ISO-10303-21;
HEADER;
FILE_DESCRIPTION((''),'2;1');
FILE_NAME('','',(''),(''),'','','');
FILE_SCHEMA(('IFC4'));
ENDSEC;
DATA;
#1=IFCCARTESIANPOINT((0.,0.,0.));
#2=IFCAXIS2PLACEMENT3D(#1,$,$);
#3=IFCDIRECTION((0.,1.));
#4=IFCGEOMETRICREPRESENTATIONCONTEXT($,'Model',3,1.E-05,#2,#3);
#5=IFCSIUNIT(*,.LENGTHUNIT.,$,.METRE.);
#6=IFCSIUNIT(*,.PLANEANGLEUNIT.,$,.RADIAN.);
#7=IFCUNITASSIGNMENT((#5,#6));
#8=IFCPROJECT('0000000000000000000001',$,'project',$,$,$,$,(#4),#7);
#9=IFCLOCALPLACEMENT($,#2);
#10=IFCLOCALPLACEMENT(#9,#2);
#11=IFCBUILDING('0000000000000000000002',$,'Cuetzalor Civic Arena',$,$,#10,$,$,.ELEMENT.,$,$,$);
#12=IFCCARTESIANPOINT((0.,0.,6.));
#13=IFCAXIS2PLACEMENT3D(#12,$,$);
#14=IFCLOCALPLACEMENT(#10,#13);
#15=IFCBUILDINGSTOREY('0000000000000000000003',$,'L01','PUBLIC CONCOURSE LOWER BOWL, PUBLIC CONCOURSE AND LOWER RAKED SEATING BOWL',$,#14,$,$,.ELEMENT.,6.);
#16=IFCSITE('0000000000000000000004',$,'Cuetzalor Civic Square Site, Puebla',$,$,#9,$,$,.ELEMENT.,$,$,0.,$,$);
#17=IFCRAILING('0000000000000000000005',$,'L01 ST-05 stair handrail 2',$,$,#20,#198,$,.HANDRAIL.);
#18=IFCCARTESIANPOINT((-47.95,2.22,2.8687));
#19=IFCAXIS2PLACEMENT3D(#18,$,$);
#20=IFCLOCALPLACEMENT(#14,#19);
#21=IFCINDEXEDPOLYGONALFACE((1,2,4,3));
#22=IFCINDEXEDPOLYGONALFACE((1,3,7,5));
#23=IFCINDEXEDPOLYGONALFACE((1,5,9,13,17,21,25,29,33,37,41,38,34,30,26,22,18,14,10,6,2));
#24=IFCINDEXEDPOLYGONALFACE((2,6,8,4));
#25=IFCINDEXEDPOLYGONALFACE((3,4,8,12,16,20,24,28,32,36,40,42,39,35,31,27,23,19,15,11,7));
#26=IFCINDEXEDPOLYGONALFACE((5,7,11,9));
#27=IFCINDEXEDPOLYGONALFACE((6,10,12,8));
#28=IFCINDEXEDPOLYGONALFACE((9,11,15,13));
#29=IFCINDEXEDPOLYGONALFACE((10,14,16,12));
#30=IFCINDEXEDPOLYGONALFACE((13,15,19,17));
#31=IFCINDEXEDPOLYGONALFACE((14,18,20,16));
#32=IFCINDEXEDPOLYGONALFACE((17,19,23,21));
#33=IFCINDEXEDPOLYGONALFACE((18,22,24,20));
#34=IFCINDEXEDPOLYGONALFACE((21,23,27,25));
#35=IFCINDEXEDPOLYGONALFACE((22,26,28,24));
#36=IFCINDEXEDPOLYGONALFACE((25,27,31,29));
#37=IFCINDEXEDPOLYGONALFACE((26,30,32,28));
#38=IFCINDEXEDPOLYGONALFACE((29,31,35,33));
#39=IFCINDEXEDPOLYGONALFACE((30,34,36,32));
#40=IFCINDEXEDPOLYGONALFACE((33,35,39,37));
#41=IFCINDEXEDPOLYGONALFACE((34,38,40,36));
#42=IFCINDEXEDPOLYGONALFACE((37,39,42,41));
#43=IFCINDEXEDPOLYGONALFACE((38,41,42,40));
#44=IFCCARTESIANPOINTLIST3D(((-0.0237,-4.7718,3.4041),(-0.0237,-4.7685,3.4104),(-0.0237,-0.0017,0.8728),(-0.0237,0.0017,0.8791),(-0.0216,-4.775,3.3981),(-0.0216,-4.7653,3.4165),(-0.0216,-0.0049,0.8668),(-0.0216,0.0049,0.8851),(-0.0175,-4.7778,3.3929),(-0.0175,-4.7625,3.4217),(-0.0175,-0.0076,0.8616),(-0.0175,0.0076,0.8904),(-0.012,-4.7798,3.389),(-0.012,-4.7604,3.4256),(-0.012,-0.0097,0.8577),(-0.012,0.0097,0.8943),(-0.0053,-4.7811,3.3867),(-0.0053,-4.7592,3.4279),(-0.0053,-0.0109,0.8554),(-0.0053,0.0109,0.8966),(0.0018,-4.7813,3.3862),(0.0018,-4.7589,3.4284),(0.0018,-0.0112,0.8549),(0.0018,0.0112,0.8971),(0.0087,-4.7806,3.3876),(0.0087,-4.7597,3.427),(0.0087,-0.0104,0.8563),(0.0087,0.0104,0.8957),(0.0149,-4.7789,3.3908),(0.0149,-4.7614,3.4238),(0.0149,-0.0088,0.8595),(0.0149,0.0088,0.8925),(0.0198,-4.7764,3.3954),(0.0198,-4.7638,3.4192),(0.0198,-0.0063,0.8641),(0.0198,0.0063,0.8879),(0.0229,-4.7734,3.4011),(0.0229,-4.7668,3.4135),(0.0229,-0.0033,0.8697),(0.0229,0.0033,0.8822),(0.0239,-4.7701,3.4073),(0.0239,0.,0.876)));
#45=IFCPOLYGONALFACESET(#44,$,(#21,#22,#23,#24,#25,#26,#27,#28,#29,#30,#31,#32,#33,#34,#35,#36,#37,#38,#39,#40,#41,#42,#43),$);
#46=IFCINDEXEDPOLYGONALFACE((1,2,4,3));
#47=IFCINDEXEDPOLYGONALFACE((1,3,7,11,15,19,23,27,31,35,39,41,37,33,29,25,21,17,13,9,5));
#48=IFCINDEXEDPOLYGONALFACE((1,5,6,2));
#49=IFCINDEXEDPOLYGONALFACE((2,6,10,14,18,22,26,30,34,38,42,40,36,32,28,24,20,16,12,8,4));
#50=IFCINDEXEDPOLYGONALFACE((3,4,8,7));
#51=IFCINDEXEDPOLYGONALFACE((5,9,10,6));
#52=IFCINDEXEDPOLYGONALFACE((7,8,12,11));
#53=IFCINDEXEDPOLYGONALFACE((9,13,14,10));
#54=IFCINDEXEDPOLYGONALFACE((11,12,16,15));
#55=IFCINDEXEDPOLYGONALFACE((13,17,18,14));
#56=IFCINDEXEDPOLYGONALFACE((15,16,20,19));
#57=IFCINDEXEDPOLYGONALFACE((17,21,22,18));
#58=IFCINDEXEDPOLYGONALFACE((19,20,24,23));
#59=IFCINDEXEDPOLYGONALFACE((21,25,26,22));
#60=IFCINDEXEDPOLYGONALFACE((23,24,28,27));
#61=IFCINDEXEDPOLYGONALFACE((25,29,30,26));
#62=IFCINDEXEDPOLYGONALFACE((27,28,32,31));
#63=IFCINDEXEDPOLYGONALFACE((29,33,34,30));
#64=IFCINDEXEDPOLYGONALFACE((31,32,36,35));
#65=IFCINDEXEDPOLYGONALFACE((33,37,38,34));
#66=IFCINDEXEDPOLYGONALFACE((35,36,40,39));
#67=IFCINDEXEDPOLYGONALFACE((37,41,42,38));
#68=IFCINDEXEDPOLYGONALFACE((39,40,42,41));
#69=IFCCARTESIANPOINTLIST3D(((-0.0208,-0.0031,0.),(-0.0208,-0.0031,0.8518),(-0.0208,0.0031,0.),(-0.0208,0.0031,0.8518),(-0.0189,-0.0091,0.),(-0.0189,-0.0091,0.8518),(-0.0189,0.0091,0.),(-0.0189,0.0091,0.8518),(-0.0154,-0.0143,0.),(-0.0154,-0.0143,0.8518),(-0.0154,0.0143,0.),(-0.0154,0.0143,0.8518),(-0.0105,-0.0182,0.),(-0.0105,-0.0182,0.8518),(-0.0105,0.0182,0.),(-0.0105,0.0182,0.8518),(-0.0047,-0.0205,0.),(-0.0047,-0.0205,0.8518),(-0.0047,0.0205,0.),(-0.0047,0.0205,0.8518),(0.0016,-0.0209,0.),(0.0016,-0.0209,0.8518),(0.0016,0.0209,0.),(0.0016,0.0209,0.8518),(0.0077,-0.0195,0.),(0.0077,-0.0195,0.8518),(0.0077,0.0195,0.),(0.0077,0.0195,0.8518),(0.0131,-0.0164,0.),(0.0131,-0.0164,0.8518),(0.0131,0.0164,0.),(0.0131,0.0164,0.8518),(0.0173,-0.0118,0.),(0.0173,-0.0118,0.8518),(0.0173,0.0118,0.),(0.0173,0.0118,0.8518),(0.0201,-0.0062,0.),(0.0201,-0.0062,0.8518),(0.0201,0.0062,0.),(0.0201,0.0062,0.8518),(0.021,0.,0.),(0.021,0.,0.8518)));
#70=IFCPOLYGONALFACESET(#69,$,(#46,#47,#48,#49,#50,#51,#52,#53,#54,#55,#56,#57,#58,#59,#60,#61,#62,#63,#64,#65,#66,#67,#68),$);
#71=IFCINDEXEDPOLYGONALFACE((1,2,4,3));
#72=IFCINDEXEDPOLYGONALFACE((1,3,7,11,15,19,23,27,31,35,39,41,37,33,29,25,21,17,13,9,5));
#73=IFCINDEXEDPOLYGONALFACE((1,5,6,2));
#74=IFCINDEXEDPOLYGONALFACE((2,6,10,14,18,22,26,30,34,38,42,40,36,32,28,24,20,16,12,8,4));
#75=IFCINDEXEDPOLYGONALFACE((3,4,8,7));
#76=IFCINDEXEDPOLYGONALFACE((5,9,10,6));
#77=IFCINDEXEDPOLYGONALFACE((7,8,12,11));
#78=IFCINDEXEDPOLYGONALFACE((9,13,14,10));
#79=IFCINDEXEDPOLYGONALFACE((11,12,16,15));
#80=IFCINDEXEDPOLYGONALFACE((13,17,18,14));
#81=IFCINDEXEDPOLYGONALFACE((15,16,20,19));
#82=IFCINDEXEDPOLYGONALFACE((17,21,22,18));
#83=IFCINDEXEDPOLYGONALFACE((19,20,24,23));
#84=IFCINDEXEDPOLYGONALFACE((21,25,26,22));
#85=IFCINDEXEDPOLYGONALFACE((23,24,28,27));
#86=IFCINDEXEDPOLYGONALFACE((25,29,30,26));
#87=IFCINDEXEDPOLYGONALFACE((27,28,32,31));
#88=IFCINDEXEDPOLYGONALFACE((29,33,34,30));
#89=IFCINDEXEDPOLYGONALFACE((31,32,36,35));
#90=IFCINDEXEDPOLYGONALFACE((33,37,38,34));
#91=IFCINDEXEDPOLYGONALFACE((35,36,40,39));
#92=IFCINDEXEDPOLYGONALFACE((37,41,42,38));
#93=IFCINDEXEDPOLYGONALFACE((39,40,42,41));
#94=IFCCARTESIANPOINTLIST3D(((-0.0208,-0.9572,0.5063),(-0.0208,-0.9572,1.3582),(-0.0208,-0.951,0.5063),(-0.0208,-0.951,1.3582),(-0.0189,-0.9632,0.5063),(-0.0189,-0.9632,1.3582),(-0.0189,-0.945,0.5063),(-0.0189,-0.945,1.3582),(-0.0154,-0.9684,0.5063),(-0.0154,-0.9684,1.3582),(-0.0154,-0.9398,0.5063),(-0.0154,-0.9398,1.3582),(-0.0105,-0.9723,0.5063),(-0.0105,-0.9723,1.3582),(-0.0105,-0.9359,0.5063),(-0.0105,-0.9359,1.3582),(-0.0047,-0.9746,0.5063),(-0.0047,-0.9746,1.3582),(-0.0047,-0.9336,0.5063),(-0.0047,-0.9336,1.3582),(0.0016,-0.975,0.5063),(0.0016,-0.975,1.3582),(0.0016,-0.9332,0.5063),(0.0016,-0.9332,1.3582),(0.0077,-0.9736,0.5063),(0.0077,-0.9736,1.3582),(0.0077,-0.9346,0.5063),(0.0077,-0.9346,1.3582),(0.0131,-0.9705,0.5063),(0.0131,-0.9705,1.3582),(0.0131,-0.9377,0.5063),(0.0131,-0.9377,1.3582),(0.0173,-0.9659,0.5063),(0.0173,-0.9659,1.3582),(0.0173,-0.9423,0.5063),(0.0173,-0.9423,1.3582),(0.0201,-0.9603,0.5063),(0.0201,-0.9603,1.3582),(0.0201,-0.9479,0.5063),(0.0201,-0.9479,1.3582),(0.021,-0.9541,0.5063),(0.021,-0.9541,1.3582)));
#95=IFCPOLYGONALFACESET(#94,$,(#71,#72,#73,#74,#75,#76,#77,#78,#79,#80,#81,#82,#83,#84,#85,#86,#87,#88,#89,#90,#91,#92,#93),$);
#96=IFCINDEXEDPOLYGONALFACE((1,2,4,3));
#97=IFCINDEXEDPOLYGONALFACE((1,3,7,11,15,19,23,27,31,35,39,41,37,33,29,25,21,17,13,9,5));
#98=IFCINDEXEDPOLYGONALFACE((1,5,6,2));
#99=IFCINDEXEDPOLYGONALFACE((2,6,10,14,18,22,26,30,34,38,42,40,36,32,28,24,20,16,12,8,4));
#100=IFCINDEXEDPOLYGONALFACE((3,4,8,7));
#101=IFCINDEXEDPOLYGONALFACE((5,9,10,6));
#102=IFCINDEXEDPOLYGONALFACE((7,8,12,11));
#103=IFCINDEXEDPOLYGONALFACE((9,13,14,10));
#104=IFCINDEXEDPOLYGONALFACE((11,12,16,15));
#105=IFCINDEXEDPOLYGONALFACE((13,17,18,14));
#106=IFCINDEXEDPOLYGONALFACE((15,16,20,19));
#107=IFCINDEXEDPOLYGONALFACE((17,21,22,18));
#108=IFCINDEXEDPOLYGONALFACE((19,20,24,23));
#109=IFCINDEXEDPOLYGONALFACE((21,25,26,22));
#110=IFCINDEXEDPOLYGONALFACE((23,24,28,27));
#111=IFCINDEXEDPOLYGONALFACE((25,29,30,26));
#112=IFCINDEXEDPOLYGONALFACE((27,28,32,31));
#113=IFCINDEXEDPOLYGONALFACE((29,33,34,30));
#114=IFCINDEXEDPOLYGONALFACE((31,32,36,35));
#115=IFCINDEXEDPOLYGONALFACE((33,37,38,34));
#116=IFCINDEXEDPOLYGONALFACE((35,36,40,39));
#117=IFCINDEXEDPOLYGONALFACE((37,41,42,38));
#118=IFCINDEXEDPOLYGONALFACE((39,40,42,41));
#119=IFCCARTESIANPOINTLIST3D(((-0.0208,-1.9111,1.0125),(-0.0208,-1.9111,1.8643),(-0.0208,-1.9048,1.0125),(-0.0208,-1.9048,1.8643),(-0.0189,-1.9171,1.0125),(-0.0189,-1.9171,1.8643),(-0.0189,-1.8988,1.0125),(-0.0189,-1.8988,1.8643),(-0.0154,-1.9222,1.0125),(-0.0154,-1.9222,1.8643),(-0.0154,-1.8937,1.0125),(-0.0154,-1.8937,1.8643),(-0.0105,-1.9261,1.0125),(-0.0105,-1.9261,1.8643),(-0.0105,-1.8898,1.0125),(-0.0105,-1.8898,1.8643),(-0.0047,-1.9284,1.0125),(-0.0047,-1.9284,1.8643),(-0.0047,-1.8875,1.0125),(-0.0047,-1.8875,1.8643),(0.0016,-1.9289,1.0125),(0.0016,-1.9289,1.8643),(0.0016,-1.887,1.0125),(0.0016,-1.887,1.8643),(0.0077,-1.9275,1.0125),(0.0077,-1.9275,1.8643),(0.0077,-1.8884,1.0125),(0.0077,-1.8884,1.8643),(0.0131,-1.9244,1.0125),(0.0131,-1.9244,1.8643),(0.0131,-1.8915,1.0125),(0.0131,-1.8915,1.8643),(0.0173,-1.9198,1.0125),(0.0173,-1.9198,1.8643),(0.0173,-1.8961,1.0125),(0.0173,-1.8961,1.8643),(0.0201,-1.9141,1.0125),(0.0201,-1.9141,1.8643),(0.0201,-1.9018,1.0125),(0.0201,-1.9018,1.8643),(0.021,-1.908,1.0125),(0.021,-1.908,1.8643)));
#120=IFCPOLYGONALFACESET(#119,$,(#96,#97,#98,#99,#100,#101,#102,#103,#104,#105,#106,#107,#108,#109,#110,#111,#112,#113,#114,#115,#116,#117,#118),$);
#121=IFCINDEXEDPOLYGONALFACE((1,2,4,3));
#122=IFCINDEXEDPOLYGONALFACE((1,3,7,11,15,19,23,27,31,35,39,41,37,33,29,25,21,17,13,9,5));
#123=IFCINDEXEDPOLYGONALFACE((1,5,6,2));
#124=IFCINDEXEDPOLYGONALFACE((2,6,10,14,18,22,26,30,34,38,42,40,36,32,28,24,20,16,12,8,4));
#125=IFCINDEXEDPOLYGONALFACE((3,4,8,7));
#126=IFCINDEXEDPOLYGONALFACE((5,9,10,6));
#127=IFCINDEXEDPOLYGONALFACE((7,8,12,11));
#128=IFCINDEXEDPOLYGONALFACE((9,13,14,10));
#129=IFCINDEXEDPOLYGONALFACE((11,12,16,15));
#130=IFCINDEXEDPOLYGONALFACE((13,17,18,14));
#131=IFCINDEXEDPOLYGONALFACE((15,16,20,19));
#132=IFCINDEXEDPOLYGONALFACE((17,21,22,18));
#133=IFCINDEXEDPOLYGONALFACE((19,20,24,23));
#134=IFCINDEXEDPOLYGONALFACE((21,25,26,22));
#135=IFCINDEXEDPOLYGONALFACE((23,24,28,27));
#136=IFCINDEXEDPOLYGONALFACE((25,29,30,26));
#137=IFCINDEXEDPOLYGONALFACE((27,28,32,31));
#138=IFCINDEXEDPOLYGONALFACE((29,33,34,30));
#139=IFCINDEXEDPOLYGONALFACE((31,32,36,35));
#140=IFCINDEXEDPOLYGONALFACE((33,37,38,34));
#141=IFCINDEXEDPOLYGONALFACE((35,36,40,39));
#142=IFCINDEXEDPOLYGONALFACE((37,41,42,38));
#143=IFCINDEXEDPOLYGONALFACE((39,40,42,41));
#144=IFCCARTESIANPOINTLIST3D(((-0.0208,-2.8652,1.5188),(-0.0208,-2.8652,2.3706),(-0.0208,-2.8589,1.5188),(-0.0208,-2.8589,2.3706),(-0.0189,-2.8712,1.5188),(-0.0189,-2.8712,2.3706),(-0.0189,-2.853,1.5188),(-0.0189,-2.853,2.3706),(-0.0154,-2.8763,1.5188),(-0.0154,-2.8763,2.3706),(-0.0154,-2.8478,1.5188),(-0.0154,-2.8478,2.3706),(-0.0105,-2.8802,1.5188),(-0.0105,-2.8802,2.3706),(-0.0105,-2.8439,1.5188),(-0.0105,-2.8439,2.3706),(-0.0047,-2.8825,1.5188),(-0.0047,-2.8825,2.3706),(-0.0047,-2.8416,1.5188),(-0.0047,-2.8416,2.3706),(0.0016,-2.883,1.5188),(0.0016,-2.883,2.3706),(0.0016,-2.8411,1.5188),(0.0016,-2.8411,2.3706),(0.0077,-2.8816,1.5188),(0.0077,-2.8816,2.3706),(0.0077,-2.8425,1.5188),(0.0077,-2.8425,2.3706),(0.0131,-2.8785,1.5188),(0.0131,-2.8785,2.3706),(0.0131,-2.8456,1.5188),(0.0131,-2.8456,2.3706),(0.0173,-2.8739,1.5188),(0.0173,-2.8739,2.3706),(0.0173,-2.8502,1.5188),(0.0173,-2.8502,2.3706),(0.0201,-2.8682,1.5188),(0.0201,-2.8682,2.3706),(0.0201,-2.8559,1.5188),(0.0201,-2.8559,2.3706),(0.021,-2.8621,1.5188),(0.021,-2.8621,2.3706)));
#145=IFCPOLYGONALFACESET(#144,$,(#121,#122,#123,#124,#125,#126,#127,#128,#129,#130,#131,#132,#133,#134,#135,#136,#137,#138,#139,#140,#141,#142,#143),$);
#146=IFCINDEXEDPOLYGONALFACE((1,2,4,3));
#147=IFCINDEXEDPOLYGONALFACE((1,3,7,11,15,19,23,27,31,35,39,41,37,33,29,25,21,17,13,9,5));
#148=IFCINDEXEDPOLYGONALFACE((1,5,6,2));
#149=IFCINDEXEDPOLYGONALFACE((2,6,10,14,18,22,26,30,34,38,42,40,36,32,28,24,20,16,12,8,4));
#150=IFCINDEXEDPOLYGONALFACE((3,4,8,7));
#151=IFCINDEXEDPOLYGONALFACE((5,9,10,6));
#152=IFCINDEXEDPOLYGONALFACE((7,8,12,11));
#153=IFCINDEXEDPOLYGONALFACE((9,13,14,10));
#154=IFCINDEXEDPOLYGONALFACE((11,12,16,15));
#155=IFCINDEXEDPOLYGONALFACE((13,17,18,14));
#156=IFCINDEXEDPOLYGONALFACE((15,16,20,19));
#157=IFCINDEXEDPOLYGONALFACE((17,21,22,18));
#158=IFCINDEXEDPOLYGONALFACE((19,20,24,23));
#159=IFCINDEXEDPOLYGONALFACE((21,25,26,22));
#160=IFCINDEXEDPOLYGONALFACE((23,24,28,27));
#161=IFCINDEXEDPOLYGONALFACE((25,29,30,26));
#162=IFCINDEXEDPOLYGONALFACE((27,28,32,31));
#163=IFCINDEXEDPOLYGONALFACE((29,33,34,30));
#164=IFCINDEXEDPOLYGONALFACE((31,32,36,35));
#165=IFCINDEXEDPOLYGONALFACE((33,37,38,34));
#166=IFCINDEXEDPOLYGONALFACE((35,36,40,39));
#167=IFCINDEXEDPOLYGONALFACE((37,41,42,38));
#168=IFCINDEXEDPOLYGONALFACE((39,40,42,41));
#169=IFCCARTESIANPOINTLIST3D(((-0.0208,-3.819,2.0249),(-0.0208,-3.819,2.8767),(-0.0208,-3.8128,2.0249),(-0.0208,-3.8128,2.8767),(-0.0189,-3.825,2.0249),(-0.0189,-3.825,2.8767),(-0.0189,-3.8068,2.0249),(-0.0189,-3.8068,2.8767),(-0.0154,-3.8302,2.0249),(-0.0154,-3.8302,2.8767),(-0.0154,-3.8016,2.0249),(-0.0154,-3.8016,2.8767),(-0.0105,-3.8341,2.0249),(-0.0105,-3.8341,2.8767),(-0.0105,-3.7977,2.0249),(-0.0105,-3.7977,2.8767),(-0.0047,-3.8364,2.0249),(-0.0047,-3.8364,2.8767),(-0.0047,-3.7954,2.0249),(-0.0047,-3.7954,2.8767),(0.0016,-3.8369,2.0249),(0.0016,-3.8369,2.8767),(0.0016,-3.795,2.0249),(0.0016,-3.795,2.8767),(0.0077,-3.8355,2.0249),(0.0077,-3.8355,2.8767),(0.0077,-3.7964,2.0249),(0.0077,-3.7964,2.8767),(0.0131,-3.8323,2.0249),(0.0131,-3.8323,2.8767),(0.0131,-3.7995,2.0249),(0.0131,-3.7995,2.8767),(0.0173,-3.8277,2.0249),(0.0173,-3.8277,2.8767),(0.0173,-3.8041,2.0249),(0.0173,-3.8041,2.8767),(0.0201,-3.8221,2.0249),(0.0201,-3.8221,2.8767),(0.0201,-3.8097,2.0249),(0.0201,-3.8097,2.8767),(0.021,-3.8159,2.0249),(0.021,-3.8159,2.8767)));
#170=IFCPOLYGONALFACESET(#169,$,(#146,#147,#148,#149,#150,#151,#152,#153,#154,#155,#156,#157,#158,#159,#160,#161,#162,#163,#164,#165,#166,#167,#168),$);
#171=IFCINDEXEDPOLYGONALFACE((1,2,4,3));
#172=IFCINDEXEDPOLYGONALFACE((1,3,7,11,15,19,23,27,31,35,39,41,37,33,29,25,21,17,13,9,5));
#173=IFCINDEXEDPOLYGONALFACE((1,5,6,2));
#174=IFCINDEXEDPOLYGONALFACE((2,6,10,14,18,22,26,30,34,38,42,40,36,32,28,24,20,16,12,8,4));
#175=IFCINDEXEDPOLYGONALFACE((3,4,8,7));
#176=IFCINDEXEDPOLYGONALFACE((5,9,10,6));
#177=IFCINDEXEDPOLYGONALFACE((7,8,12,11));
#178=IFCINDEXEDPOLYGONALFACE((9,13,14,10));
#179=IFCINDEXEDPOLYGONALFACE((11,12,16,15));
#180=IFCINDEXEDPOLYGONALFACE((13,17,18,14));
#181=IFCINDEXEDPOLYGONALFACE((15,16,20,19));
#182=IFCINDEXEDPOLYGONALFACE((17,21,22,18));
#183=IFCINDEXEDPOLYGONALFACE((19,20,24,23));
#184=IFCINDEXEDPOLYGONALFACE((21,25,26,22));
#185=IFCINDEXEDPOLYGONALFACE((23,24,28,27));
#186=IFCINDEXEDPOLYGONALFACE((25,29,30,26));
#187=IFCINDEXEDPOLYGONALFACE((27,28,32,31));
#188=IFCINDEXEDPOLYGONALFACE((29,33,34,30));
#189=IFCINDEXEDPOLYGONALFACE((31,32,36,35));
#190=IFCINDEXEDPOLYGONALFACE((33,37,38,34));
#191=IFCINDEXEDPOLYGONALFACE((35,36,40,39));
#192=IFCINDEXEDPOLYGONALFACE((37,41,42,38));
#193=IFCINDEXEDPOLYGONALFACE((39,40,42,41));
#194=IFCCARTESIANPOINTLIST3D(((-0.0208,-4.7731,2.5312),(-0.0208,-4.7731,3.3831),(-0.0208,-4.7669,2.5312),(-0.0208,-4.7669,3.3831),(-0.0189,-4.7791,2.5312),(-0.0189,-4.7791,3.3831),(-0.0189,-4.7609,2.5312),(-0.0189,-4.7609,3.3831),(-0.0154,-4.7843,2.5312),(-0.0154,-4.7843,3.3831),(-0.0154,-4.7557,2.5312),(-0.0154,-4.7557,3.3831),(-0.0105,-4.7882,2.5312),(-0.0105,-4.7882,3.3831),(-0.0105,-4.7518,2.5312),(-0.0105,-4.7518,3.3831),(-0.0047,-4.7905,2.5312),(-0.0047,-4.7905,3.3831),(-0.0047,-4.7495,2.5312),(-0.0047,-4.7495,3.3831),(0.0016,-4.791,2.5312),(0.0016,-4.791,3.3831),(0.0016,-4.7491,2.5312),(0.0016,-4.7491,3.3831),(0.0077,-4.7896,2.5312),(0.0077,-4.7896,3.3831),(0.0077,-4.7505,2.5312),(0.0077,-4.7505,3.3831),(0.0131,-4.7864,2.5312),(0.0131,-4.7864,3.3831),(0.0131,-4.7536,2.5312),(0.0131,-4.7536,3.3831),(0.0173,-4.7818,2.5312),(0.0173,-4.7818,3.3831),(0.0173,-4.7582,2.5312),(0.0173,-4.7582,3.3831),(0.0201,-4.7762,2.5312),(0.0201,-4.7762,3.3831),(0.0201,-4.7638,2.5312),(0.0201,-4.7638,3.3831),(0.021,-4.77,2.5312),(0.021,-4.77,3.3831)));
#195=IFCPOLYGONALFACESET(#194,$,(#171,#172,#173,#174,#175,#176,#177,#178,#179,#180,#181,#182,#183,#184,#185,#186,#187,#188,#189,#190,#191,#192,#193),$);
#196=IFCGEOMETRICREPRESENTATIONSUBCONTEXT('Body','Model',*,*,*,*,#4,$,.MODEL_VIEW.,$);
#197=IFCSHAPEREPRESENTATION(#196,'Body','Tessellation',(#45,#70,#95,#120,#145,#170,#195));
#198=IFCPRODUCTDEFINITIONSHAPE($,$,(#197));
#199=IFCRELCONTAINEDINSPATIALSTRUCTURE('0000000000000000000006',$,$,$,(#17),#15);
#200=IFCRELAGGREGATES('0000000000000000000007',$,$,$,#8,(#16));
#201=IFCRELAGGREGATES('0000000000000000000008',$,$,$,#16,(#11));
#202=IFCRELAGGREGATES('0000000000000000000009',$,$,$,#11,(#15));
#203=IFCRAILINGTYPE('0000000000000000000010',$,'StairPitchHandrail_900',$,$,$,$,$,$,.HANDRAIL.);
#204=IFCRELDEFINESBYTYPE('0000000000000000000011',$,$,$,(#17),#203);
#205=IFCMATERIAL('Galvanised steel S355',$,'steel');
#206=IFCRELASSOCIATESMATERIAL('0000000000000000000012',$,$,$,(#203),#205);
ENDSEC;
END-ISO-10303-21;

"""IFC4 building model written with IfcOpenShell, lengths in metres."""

from ifc_helpers import new_model, si_unit, direction, frame, origin, origin_2d, place, context, subcontext, project, spatial, circle, extrude, material, type_object, element, save


model = new_model("IFC4")

# Units and contexts
model_context = context("Model", 3, precision=1e-05, world=origin(), true_north=direction((0.0, 1.0)))
body_context = subcontext(model_context, "Body", "Model", "MODEL_VIEW")
ifc_project = project(units=[si_unit("LENGTHUNIT", "METRE"), si_unit("PLANEANGLEUNIT", "RADIAN")], contexts=[model_context])

# Site, building, storey
site_placement = place(None, origin())
site = spatial("IfcSite", under=ifc_project, at=site_placement, Name="Cuetzalor Civic Square Site, Puebla", CompositionType="ELEMENT", RefElevation=0.0)
building_placement = place(site_placement, origin())
building = spatial("IfcBuilding", under=site, at=building_placement, Name="Cuetzalor Civic Arena", CompositionType="ELEMENT")
storey_placement = place(building_placement, frame((0.0, 0.0, 6.0)))
storey = spatial("IfcBuildingStorey", under=building, at=storey_placement, Name="L01", Description="PUBLIC CONCOURSE LOWER BOWL, PUBLIC CONCOURSE AND LOWER RAKED SEATING BOWL", CompositionType="ELEMENT", Elevation=6.0)

# Railing
ifc_material_1 = material(Name="Galvanised steel S355", Category="steel")
railing_type_1 = type_object("IfcRailingType", Name="StairPitchHandrail_900", PredefinedType="HANDRAIL", material=ifc_material_1)
railing_1_placement = place(storey_placement, frame((-47.95, 2.22, 2.8687)))
element("IfcRailing", 1, at=railing_1_placement, inside=storey, type_object=railing_type_1, Name="L01 ST-05 stair handrail 2", PredefinedType="HANDRAIL", context=body_context, shape_type="SweptSolid", body=[
    extrude(circle(Radius=0.0239, at=origin_2d()), frame((0.0, 0.0, 0.876), z_axis=(0.0, -0.883332, 0.468747), x_axis=(1.0, 0.0, 0.0)), (0.0, 0.0, 1.0), 5.4001),
    extrude(circle(Radius=0.021, at=origin_2d()), origin(), (0.0, 0.0, 1.0), 0.8518),
    extrude(circle(Radius=0.021, at=origin_2d()), frame((0.0, -0.9541, 0.5063)), (0.0, 0.0, 1.0), 0.8518),
    extrude(circle(Radius=0.021, at=origin_2d()), frame((0.0, -1.908, 1.0125)), (0.0, 0.0, 1.0), 0.8518),
    extrude(circle(Radius=0.021, at=origin_2d()), frame((0.0, -2.8621, 1.5188)), (0.0, 0.0, 1.0), 0.8518),
    extrude(circle(Radius=0.021, at=origin_2d()), frame((0.0, -3.8159, 2.0249)), (0.0, 0.0, 1.0), 0.8518),
    extrude(circle(Radius=0.021, at=origin_2d()), frame((0.0, -4.77, 2.5312)), (0.0, 0.0, 1.0), 0.8518),
])

save(model, "model.ifc")
